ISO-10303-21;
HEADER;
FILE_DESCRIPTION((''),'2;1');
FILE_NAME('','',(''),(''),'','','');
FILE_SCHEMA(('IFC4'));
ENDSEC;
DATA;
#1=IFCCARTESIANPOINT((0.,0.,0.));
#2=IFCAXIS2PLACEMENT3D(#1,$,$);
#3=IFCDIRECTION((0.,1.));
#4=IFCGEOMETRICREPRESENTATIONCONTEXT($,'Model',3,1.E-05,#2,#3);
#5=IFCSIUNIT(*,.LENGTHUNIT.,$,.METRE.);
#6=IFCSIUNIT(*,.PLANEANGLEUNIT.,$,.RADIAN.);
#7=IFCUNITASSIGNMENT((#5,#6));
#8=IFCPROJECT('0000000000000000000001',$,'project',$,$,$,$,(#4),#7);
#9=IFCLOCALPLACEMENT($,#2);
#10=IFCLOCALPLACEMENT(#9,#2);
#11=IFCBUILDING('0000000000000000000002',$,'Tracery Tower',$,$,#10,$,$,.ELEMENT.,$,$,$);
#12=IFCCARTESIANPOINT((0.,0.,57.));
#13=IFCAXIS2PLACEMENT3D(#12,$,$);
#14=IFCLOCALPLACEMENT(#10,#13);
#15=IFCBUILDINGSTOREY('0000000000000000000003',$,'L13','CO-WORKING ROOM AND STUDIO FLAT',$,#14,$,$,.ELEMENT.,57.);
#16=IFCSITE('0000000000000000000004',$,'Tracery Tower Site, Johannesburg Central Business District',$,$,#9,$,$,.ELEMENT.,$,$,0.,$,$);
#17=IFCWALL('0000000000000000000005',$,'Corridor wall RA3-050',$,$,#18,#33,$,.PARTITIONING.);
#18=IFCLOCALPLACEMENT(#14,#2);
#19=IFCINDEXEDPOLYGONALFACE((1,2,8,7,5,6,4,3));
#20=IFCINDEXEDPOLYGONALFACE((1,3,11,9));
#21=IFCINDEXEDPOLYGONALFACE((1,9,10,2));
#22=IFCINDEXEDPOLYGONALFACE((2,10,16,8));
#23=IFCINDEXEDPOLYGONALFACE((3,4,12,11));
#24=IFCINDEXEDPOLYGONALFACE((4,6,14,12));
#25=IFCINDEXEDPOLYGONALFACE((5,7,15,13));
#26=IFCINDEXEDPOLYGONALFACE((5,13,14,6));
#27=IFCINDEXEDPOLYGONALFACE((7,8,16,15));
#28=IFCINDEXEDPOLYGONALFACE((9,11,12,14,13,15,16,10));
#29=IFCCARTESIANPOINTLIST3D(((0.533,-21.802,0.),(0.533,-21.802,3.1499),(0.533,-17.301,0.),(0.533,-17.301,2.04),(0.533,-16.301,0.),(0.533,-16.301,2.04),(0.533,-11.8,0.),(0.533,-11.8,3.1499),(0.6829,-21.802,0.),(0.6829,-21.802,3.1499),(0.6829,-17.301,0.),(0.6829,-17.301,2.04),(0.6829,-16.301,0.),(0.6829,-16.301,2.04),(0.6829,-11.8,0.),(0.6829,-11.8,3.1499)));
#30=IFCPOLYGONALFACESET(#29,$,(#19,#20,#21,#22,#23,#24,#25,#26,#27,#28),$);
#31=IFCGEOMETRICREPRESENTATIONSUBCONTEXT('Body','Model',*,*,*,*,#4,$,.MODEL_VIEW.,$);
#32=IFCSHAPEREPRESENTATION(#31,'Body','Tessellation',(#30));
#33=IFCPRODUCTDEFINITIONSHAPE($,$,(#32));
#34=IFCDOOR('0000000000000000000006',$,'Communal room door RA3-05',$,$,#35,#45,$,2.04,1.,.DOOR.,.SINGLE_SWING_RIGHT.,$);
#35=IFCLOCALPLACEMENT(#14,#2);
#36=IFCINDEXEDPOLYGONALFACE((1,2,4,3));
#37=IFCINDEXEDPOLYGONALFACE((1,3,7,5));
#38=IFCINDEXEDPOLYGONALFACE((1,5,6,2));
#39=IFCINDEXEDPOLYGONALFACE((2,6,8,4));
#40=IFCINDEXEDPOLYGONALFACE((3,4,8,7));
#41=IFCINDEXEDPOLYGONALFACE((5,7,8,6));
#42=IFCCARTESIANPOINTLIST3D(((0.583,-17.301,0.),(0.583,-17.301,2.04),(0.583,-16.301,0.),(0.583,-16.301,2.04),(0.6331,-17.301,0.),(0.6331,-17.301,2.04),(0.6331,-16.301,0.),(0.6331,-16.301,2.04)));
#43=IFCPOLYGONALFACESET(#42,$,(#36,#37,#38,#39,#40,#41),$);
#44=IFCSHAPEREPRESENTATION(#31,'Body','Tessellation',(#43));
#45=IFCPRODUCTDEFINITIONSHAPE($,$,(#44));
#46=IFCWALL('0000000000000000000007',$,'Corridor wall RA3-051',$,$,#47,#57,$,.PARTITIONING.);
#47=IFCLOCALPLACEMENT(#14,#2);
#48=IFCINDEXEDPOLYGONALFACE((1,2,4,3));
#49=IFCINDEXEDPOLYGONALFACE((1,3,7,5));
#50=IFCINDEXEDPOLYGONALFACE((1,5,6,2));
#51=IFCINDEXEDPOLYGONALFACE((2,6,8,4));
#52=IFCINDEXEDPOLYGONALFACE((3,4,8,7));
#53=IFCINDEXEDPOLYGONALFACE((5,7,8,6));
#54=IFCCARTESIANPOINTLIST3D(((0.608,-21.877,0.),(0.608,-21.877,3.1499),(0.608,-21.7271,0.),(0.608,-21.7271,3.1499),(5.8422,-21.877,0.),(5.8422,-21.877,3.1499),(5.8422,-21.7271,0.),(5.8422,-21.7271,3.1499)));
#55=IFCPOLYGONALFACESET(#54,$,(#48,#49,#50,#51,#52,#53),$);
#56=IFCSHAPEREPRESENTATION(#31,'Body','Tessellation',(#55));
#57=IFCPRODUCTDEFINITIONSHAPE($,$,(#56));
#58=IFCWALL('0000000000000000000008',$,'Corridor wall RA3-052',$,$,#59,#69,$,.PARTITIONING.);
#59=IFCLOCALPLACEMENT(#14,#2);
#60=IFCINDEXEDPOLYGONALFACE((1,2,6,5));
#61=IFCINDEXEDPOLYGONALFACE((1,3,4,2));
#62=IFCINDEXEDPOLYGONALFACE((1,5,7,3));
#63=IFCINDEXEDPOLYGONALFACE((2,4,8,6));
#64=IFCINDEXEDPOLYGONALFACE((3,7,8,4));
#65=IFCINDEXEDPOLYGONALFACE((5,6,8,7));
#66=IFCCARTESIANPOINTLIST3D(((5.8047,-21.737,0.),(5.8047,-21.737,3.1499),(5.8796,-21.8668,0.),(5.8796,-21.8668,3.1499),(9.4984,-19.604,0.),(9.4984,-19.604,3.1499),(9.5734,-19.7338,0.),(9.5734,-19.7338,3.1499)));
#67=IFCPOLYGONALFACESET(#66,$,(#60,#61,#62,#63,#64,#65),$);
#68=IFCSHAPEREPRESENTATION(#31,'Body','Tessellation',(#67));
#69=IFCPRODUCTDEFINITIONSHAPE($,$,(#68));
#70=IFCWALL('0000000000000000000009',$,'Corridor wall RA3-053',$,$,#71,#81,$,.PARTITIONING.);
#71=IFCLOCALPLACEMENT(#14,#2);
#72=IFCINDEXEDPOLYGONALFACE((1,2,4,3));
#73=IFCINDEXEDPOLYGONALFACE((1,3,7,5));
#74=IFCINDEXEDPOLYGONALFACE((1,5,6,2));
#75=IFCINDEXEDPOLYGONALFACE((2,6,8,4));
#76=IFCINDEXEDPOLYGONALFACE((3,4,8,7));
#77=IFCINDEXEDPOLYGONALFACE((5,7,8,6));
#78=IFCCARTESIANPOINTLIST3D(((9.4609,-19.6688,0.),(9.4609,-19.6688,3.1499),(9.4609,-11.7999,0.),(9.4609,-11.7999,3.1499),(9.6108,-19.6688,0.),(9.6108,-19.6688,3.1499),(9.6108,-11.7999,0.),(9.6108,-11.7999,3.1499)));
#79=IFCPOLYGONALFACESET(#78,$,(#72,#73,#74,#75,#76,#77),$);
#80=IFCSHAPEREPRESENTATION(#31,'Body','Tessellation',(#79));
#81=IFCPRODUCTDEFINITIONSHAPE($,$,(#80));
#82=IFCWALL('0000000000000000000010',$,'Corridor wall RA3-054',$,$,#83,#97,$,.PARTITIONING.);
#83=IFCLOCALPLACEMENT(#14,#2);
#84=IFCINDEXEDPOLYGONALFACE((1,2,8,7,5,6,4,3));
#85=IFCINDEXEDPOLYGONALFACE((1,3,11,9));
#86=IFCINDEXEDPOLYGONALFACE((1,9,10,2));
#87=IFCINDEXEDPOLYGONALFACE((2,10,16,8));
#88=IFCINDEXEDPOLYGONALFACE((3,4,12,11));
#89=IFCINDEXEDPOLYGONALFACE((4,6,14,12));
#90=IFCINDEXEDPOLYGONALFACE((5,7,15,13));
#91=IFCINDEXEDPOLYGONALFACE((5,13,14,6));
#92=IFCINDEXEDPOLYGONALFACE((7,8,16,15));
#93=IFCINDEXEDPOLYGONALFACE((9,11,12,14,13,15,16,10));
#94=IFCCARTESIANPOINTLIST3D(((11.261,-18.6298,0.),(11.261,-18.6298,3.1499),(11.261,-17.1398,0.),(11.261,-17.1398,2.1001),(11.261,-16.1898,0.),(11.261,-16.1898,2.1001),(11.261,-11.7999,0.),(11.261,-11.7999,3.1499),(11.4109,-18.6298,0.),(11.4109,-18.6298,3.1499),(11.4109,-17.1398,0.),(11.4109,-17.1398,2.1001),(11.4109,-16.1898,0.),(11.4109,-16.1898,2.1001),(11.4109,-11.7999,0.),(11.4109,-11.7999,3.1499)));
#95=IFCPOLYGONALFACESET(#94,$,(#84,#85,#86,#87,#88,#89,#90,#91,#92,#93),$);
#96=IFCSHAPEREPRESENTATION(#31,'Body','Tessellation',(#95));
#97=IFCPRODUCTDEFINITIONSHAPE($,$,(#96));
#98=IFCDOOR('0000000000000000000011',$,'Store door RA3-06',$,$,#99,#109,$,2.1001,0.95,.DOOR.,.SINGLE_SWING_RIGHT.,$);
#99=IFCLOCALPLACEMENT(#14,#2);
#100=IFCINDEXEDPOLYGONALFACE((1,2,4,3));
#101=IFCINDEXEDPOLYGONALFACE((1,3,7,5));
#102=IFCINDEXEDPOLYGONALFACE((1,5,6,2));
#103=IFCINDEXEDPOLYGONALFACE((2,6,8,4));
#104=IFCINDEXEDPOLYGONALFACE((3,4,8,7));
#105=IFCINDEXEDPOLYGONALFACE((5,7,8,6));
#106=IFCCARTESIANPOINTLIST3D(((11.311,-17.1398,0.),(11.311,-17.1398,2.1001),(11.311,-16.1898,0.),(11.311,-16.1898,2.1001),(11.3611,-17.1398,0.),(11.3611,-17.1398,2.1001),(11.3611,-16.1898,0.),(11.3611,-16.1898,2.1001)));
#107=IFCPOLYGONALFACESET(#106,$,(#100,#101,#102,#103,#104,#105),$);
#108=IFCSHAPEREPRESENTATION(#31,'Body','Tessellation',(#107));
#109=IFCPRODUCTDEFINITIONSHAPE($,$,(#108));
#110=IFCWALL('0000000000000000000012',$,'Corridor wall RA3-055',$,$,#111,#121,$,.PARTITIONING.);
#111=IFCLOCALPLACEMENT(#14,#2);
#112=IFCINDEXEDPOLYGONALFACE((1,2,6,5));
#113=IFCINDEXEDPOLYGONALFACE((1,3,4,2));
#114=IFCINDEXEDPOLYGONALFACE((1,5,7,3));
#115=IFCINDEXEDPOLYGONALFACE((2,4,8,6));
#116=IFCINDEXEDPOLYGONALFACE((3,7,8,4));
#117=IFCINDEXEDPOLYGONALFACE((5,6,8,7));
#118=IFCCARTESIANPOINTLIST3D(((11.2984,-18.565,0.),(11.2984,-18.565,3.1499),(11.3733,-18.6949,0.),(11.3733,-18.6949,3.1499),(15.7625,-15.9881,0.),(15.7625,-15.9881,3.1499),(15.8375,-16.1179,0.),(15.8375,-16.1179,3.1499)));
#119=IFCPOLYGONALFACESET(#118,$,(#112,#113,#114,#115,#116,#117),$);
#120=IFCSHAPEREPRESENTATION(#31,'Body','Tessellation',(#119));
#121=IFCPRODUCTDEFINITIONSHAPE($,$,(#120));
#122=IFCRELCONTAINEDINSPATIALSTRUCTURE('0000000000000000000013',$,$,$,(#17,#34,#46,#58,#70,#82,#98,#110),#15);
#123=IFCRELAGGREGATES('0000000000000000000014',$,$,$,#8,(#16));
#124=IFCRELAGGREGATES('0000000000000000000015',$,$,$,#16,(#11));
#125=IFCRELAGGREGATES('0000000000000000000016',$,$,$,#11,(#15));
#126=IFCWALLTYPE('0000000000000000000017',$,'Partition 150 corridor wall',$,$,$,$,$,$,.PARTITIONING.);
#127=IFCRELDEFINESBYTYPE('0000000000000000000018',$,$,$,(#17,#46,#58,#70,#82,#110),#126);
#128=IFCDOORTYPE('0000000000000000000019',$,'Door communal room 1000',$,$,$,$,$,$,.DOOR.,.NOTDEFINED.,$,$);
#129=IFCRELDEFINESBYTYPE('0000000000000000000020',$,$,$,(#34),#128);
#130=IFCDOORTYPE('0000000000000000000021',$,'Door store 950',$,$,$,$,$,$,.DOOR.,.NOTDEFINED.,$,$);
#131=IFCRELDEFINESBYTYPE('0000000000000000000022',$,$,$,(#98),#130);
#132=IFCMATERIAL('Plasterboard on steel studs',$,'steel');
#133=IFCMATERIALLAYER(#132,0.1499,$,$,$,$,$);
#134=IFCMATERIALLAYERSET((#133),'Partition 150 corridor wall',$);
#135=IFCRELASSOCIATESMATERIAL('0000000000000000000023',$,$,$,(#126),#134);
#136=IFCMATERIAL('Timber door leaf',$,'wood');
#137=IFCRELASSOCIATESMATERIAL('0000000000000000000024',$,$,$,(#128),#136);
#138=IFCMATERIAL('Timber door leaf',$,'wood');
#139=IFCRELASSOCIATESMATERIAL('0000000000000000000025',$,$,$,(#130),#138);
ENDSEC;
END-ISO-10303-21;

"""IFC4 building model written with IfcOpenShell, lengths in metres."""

from ifc_helpers import new_model, si_unit, direction, frame, frame_2d, origin, place, context, subcontext, project, spatial, rectangle, extrude, material, layer, layer_set, type_object, element, fill, save


model = new_model("IFC4")

# Units and contexts
model_context = context("Model", 3, precision=1e-05, world=origin(), true_north=direction((0.0, 1.0)))
body_context = subcontext(model_context, "Body", "Model", "MODEL_VIEW")
ifc_project = project(units=[si_unit("LENGTHUNIT", "METRE"), si_unit("PLANEANGLEUNIT", "RADIAN")], contexts=[model_context])

# Site, building, storey
site_placement = place(None, origin())
site = spatial("IfcSite", under=ifc_project, at=site_placement, Name="Tracery Tower Site, Johannesburg Central Business District", CompositionType="ELEMENT", RefElevation=0.0)
building_placement = place(site_placement, origin())
building = spatial("IfcBuilding", under=site, at=building_placement, Name="Tracery Tower", CompositionType="ELEMENT")
storey_placement = place(building_placement, frame((0.0, 0.0, 57.0)))
storey = spatial("IfcBuildingStorey", under=building, at=storey_placement, Name="L13", Description="CO-WORKING ROOM AND STUDIO FLAT", CompositionType="ELEMENT", Elevation=57.0)

# Shared definitions
ifc_material_1 = material(Name="Plasterboard on steel studs", Category="steel")
ifc_layer_1 = layer(ifc_material_1, 0.1499)
ifc_layer_set_1 = layer_set([ifc_layer_1], Name="Partition 150 corridor wall")
wall_type_1 = type_object("IfcWallType", Name="Partition 150 corridor wall", PredefinedType="PARTITIONING", material=ifc_layer_set_1)

# Wall, opening, door
wall_1_placement = place(storey_placement, frame((0.6079, -21.802, 0.0), z_axis=(0.0, 0.0, 1.0), x_axis=(0.0, 1.0, 0.0)))
wall_1 = element("IfcWall", 1, at=wall_1_placement, inside=storey, type_object=wall_type_1, Name="Corridor wall RA3-050", PredefinedType="PARTITIONING", context=body_context, shape_type="SweptSolid", body=[
    extrude(rectangle(XDim=10.002, YDim=0.1499, at=frame_2d((5.001, 0.0))), origin(), (0.0, 0.0, 1.0), 3.1499),
])
opening_1_placement = place(wall_1_placement, frame((4.501, 0.0, 0.0)))
opening_1 = element("IfcOpeningElement", 2, at=opening_1_placement, cuts=wall_1, PredefinedType="OPENING", context=body_context, shape_type="SweptSolid", body=[
    extrude(rectangle(XDim=1.0, YDim=2.04, at=frame_2d((0.5, 1.02))), frame((0.0, 0.075, 0.0), z_axis=(0.0, -1.0, 0.0), x_axis=(1.0, 0.0, 0.0)), (0.0, 0.0, 1.0), 0.1499),
])
ifc_material_2 = material(Name="Timber door leaf", Category="wood")
door_type_1 = type_object("IfcDoorType", Name="Door communal room 1000", OperationType="NOTDEFINED", PredefinedType="DOOR", material=ifc_material_2)
door_1_placement = place(opening_1_placement, origin())
door_1 = element("IfcDoor", 3, at=door_1_placement, inside=storey, type_object=door_type_1, Name="Communal room door RA3-05", OperationType="SINGLE_SWING_RIGHT", OverallHeight=2.04, OverallWidth=1.0, PredefinedType="DOOR", context=body_context, shape_type="SweptSolid", body=[
    extrude(rectangle(XDim=1.0, YDim=2.04, at=frame_2d((0.5, 1.02))), frame((0.0, 0.0249, 0.0), z_axis=(0.0, -1.0, 0.0), x_axis=(1.0, 0.0, 0.0)), (0.0, 0.0, 1.0), 0.05),
])
fill(opening_1, door_1)

# Walls
wall_2_placement = place(storey_placement, frame((0.6079, -21.802, 0.0), z_axis=(0.0, 0.0, 1.0), x_axis=(1.0, 0.0, 0.0)))
element("IfcWall", 4, at=wall_2_placement, inside=storey, type_object=wall_type_1, Name="Corridor wall RA3-051", PredefinedType="PARTITIONING", context=body_context, shape_type="SweptSolid", body=[
    extrude(rectangle(XDim=5.2341, YDim=0.1499, at=frame_2d((2.6172, 0.0))), origin(), (0.0, 0.0, 1.0), 3.1499),
])
wall_3_placement = place(storey_placement, frame((5.842, -21.802, 0.0), z_axis=(0.0, 0.0, 1.0), x_axis=(0.865984, 0.500073, 0.0)))
element("IfcWall", 5, at=wall_3_placement, inside=storey, type_object=wall_type_1, Name="Corridor wall RA3-052", PredefinedType="PARTITIONING", context=body_context, shape_type="SweptSolid", body=[
    extrude(rectangle(XDim=4.2654, YDim=0.1499, at=frame_2d((2.1328, 0.0))), origin(), (0.0, 0.0, 1.0), 3.1499),
])
wall_4_placement = place(storey_placement, frame((9.5359, -19.6689, 0.0), z_axis=(0.0, 0.0, 1.0), x_axis=(0.0, 1.0, 0.0)))
element("IfcWall", 6, at=wall_4_placement, inside=storey, type_object=wall_type_1, Name="Corridor wall RA3-053", PredefinedType="PARTITIONING", context=body_context, shape_type="SweptSolid", body=[
    extrude(rectangle(XDim=7.8689, YDim=0.1499, at=frame_2d((3.9346, 0.0))), origin(), (0.0, 0.0, 1.0), 3.1499),
])

# Wall, opening, door
wall_5_placement = place(storey_placement, frame((11.3359, -18.6299, 0.0), z_axis=(0.0, 0.0, 1.0), x_axis=(0.0, 1.0, 0.0)))
wall_5 = element("IfcWall", 7, at=wall_5_placement, inside=storey, type_object=wall_type_1, Name="Corridor wall RA3-054", PredefinedType="PARTITIONING", context=body_context, shape_type="SweptSolid", body=[
    extrude(rectangle(XDim=6.8298, YDim=0.1499, at=frame_2d((3.415, 0.0))), origin(), (0.0, 0.0, 1.0), 3.1499),
])
opening_2_placement = place(wall_5_placement, frame((1.49, 0.0, 0.0)))
opening_2 = element("IfcOpeningElement", 8, at=opening_2_placement, cuts=wall_5, PredefinedType="OPENING", context=body_context, shape_type="SweptSolid", body=[
    extrude(rectangle(XDim=0.95, YDim=2.1001, at=frame_2d((0.4751, 1.05))), frame((0.0, 0.075, 0.0), z_axis=(0.0, -1.0, 0.0), x_axis=(1.0, 0.0, 0.0)), (0.0, 0.0, 1.0), 0.1499),
])
ifc_material_3 = material(Name="Timber door leaf", Category="wood")
door_type_2 = type_object("IfcDoorType", Name="Door store 950", OperationType="NOTDEFINED", PredefinedType="DOOR", material=ifc_material_3)
door_2_placement = place(opening_2_placement, origin())
door_2 = element("IfcDoor", 9, at=door_2_placement, inside=storey, type_object=door_type_2, Name="Store door RA3-06", OperationType="SINGLE_SWING_RIGHT", OverallHeight=2.1001, OverallWidth=0.95, PredefinedType="DOOR", context=body_context, shape_type="SweptSolid", body=[
    extrude(rectangle(XDim=0.95, YDim=2.1001, at=frame_2d((0.4751, 1.05))), frame((0.0, 0.0249, 0.0), z_axis=(0.0, -1.0, 0.0), x_axis=(1.0, 0.0, 0.0)), (0.0, 0.0, 1.0), 0.05),
])
fill(opening_2, door_2)

# Wall
wall_6_placement = place(storey_placement, frame((11.3359, -18.6299, 0.0), z_axis=(0.0, 0.0, 1.0), x_axis=(0.866063, 0.499934, 0.0)))
element("IfcWall", 10, at=wall_6_placement, inside=storey, type_object=wall_type_1, Name="Corridor wall RA3-055", PredefinedType="PARTITIONING", context=body_context, shape_type="SweptSolid", body=[
    extrude(rectangle(XDim=5.1545, YDim=0.1499, at=frame_2d((2.5771, 0.0))), origin(), (0.0, 0.0, 1.0), 3.1499),
])

save(model, "model.ifc")
